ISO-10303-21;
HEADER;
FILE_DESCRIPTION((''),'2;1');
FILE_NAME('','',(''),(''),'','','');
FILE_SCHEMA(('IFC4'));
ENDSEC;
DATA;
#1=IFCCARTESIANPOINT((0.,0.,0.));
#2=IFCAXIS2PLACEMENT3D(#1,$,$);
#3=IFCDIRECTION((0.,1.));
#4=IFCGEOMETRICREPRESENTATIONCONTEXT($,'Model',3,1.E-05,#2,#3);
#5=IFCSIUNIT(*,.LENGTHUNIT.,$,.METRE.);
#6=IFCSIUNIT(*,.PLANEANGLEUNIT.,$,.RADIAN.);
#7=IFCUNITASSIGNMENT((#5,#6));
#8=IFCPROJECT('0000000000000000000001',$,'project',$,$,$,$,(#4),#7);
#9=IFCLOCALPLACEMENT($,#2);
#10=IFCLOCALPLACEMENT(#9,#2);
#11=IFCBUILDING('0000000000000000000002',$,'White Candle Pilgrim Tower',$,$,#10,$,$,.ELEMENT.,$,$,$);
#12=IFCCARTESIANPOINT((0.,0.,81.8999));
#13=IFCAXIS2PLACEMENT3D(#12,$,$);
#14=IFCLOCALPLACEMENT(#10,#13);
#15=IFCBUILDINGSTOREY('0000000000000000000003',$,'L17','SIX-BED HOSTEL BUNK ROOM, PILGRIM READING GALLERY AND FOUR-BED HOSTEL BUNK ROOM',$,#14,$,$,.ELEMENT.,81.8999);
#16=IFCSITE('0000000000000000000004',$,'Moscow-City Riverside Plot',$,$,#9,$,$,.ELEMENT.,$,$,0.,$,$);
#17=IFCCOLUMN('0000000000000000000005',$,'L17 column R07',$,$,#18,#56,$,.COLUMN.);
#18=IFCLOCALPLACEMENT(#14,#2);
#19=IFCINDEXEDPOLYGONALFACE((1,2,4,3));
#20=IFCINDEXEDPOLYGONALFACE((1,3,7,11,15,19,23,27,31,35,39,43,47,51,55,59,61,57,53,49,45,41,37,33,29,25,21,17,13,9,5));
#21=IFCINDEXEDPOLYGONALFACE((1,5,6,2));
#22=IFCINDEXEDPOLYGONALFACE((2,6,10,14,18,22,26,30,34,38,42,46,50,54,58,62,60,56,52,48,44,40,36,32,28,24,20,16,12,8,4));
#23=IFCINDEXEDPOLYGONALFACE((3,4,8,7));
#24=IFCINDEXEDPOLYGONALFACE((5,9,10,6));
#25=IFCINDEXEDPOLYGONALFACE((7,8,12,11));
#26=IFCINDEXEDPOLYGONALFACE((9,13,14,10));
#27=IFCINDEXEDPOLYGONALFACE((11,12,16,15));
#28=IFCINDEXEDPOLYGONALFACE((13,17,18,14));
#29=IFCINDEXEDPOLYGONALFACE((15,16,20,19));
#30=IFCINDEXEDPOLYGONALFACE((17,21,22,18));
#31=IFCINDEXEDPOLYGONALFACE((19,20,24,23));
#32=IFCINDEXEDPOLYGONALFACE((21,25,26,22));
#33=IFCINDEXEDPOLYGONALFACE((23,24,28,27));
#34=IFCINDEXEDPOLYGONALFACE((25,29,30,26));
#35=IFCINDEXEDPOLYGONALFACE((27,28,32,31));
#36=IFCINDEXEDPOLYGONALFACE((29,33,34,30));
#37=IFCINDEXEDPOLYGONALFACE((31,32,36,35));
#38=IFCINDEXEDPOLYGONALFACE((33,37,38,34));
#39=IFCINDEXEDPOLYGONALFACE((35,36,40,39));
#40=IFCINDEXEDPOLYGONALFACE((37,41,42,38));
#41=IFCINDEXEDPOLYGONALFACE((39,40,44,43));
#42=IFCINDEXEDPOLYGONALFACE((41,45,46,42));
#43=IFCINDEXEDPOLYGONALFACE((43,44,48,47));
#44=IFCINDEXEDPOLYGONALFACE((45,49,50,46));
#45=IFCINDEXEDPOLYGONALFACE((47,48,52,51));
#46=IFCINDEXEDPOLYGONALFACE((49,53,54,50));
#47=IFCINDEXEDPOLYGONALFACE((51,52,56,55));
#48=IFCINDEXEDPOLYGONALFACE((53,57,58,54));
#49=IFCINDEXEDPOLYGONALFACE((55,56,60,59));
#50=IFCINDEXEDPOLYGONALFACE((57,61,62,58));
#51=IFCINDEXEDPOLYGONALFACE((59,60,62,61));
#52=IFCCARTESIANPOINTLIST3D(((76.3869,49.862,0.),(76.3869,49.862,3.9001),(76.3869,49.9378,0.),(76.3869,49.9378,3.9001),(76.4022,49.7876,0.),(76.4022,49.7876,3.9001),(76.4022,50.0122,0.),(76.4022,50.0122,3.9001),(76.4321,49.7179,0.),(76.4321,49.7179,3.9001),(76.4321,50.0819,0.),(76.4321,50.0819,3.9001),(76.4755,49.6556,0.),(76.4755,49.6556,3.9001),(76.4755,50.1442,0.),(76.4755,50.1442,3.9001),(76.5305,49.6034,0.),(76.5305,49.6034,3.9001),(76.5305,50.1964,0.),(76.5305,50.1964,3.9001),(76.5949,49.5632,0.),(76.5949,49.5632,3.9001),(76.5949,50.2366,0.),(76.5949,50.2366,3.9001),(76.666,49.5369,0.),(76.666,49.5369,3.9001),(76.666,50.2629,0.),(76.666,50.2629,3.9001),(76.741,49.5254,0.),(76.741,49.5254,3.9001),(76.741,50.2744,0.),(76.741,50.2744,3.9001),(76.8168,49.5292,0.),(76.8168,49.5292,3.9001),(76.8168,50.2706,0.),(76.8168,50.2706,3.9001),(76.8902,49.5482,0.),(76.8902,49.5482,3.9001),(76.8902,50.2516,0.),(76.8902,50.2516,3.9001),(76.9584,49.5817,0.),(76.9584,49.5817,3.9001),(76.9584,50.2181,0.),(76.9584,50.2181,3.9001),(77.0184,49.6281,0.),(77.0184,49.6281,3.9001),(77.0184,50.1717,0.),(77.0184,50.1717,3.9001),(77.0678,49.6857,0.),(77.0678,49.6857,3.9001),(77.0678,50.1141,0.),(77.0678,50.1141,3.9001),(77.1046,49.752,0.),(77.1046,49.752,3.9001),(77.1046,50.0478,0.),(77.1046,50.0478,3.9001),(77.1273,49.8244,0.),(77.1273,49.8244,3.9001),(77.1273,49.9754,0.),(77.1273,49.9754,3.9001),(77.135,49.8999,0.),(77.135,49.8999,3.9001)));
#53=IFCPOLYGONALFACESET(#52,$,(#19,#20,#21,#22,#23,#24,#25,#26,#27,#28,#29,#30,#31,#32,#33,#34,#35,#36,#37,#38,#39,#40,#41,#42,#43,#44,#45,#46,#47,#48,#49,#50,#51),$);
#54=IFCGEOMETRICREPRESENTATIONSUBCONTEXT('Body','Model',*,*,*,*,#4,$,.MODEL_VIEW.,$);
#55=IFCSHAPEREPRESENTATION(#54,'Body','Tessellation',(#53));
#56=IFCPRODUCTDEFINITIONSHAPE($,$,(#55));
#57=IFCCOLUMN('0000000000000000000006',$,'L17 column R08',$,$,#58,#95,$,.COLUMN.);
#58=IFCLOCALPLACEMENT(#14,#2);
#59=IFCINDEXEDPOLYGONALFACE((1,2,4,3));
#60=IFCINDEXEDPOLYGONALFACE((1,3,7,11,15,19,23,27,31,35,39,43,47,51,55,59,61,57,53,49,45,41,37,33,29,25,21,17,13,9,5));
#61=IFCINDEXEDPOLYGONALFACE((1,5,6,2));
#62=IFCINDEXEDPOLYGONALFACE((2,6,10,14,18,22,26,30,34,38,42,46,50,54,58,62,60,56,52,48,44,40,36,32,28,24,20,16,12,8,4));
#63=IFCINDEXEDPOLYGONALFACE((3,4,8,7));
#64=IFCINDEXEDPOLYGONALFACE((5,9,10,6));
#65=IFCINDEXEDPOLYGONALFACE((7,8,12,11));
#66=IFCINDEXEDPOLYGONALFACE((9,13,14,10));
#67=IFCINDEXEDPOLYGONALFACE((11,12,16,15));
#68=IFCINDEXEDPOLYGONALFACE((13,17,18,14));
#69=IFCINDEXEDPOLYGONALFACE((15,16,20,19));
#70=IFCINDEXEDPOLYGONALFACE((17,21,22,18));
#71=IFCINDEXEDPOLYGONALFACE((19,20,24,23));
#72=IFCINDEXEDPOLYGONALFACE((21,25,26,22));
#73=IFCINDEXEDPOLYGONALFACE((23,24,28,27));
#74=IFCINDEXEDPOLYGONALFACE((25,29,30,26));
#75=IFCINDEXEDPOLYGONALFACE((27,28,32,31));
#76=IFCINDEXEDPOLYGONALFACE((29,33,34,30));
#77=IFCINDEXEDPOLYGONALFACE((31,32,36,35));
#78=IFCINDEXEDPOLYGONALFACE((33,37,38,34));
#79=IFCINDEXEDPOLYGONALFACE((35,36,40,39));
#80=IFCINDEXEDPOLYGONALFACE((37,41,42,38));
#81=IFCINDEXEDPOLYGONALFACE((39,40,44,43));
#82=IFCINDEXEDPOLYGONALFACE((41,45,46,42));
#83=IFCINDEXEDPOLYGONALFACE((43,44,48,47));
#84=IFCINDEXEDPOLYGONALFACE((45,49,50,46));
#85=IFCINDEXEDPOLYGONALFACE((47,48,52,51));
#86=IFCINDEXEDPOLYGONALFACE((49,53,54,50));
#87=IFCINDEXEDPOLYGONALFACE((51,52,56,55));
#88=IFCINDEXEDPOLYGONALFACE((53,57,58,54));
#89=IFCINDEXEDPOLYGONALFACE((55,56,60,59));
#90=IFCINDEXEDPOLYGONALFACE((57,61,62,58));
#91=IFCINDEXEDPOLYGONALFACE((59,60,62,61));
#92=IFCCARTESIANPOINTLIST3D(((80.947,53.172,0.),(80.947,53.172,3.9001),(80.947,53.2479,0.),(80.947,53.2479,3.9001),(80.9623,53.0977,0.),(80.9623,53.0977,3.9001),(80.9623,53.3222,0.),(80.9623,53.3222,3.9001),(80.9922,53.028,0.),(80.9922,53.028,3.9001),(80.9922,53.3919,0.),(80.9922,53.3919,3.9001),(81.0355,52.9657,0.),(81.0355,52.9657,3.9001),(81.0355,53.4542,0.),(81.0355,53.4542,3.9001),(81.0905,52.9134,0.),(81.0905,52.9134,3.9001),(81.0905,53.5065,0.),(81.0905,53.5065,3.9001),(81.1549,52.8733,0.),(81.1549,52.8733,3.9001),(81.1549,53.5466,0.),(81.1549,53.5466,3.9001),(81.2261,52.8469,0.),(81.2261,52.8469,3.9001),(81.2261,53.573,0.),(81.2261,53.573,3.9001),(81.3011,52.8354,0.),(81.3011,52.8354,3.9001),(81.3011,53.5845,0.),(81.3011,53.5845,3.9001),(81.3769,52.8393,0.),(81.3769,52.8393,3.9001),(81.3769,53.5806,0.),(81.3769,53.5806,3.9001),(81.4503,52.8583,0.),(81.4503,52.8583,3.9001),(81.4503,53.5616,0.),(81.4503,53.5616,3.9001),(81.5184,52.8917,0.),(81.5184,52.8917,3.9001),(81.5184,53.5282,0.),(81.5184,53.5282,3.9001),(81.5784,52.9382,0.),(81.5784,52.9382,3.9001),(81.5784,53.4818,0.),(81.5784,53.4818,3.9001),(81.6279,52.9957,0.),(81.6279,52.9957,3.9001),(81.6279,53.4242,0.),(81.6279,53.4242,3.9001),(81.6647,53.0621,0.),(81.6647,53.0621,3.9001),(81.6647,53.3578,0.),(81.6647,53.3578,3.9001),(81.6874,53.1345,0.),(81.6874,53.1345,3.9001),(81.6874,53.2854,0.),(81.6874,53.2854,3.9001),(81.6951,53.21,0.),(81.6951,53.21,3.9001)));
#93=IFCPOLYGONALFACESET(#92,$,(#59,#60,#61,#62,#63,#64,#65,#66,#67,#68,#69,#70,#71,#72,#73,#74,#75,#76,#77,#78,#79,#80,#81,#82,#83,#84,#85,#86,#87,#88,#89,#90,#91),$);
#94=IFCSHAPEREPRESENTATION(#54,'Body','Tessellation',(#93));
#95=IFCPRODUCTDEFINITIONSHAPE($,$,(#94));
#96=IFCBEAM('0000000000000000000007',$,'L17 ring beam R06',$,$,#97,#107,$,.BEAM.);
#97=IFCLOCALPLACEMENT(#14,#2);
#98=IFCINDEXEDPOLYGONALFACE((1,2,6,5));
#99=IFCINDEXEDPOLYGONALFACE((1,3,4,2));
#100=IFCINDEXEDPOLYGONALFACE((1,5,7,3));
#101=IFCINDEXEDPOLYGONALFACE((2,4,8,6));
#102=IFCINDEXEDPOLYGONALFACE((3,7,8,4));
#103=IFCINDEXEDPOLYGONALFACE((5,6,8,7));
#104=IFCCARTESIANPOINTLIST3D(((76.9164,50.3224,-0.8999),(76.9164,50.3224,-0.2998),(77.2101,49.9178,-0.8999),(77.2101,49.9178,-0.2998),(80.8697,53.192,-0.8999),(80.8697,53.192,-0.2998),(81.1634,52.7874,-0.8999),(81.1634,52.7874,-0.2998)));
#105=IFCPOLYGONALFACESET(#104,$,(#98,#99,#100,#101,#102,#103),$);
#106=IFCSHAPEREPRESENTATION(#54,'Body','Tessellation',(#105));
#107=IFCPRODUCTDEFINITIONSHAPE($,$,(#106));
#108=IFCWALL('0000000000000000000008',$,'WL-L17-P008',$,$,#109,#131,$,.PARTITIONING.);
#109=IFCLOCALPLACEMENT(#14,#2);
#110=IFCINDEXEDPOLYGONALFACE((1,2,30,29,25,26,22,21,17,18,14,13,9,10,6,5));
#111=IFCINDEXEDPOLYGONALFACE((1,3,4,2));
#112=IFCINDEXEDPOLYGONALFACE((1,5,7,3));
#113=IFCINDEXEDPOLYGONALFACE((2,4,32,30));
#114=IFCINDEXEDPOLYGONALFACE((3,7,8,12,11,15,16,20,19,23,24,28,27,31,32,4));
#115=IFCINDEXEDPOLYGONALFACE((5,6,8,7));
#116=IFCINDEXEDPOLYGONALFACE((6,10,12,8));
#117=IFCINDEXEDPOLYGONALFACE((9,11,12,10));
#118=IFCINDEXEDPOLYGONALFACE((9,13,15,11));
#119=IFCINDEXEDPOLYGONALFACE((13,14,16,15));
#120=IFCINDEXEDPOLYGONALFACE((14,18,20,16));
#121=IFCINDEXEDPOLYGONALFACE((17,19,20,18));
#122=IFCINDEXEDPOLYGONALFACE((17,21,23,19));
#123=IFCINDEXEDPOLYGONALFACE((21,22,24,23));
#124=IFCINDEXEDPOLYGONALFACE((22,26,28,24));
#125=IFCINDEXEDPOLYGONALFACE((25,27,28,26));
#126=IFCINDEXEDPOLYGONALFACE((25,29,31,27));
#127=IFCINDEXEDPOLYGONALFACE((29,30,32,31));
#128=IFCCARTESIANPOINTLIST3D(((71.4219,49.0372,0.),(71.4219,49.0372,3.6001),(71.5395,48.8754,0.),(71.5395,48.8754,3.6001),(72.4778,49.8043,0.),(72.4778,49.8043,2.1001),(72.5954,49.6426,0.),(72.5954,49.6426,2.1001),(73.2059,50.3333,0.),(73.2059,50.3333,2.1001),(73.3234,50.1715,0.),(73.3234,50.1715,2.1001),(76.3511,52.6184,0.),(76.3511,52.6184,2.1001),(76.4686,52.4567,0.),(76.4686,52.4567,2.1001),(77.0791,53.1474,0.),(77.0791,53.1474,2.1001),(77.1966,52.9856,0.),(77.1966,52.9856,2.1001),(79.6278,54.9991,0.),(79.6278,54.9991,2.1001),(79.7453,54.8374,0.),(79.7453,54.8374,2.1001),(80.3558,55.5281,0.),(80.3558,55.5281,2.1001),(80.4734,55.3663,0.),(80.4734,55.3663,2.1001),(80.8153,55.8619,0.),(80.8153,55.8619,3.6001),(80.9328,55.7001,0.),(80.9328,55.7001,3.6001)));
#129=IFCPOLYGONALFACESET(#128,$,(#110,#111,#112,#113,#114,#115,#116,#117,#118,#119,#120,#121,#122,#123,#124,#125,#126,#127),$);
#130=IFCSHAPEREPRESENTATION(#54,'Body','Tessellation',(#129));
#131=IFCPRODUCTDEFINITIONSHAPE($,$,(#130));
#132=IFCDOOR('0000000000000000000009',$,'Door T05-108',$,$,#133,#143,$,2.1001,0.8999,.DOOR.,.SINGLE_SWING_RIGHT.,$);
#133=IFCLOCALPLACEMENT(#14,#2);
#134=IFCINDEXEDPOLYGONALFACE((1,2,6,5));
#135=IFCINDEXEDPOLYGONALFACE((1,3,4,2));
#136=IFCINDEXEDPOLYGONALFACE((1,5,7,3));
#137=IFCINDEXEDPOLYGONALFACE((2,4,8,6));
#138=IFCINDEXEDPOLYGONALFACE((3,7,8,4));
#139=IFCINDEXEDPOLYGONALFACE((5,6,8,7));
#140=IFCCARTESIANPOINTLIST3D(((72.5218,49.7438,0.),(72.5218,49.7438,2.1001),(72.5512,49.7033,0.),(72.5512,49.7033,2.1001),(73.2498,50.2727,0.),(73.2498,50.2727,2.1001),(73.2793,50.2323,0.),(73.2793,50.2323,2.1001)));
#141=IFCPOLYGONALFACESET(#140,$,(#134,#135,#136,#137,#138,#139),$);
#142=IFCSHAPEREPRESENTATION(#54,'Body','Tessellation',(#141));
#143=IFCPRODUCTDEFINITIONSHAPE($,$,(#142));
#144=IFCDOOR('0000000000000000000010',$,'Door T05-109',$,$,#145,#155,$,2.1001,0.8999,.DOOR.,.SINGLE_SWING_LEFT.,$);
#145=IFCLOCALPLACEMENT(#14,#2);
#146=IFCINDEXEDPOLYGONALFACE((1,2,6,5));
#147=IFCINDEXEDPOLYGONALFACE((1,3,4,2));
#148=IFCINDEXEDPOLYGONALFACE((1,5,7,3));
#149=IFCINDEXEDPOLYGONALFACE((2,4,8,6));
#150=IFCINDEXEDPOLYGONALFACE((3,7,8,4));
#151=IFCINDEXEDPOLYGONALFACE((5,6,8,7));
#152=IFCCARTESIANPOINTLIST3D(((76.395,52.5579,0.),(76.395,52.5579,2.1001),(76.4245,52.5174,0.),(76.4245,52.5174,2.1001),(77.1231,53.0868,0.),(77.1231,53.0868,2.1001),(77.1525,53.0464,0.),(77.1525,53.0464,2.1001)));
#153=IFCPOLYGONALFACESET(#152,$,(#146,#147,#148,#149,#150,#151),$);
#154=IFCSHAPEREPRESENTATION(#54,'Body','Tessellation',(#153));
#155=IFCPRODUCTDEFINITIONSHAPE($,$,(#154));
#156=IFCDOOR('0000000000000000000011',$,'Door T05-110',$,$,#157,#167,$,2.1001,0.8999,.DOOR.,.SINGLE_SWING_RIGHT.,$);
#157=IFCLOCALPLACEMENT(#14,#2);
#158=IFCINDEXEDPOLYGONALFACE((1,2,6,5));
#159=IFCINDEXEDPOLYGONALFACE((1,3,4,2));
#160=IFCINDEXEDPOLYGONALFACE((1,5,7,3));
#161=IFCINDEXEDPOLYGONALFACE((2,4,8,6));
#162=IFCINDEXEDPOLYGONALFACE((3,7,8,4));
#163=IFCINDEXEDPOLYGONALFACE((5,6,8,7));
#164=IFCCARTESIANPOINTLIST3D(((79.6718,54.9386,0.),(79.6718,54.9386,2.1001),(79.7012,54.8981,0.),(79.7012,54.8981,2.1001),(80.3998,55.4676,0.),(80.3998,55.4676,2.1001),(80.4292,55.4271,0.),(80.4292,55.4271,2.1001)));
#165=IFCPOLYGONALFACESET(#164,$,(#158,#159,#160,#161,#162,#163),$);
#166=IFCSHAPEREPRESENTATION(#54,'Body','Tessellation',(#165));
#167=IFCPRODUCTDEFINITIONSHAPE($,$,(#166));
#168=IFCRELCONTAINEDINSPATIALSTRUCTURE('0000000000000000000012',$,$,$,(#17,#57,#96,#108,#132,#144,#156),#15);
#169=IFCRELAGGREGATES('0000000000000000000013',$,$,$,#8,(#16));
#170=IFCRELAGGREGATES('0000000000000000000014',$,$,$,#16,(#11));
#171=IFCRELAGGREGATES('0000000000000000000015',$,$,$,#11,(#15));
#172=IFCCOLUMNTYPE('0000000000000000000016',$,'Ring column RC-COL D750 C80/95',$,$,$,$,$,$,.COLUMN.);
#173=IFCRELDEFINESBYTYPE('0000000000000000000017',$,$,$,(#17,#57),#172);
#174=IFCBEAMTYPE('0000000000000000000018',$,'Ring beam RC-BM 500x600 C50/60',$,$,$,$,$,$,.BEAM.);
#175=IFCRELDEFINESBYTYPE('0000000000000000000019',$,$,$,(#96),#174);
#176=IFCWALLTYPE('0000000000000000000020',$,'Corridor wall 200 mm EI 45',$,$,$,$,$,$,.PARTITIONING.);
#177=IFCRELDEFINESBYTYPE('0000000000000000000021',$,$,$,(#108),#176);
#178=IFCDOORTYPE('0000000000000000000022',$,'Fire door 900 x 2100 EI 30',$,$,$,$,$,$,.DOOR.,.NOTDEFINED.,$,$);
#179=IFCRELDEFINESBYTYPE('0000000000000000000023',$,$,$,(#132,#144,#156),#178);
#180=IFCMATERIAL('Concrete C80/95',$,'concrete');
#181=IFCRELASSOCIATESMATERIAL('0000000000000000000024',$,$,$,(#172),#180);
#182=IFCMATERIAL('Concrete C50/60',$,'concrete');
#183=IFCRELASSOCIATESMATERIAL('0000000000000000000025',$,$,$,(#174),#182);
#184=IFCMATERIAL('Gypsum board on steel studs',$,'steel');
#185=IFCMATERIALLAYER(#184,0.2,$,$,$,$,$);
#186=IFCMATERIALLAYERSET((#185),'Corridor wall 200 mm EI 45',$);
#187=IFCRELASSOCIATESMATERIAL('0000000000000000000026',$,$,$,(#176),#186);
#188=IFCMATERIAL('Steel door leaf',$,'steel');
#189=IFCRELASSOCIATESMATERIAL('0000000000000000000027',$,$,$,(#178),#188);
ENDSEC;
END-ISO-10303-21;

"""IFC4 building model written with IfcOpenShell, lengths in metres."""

from ifc_helpers import new_model, si_unit, direction, frame, frame_2d, origin, origin_2d, place, context, subcontext, project, spatial, rectangle, circle, extrude, material, layer, layer_set, material_profile, profile_set, type_object, element, fill, save


model = new_model("IFC4")

# Units and contexts
model_context = context("Model", 3, precision=1e-05, world=origin(), true_north=direction((0.0, 1.0)))
body_context = subcontext(model_context, "Body", "Model", "MODEL_VIEW")
ifc_project = project(units=[si_unit("LENGTHUNIT", "METRE"), si_unit("PLANEANGLEUNIT", "RADIAN")], contexts=[model_context])

# Site, building, storey
site_placement = place(None, origin())
site = spatial("IfcSite", under=ifc_project, at=site_placement, Name="Moscow-City Riverside Plot", CompositionType="ELEMENT", RefElevation=0.0)
building_placement = place(site_placement, origin())
building = spatial("IfcBuilding", under=site, at=building_placement, Name="White Candle Pilgrim Tower", CompositionType="ELEMENT")
storey_placement = place(building_placement, frame((0.0, 0.0, 81.8999)))
storey = spatial("IfcBuildingStorey", under=building, at=storey_placement, Name="L17", Description="SIX-BED HOSTEL BUNK ROOM, PILGRIM READING GALLERY AND FOUR-BED HOSTEL BUNK ROOM", CompositionType="ELEMENT", Elevation=81.8999)

# Columns
ifc_material_1 = material(Name="Concrete C80/95", Category="concrete")
ifc_material_profile_1 = material_profile(ifc_material_1, circle(Radius=0.375, at=origin_2d()), Name="RC-COL D750")
ifc_profile_set_1 = profile_set([ifc_material_profile_1], Name="Concrete C80/95")
column_type = type_object("IfcColumnType", Name="Ring column RC-COL D750 C80/95", PredefinedType="COLUMN", material=ifc_profile_set_1)
for number, where, z_axis, x_axis, name in (
    (1, (76.76, 49.8999, 0.0), (0.0, 0.0, 1.0), (1.0, 0.0, 0.0), "L17 column R07"),
    (2, (81.3201, 53.21, 0.0), (0.0, 0.0, 1.0), (1.0, 0.0, 0.0), "L17 column R08"),
):
    element("IfcColumn", number, at=place(storey_placement, frame(where, z_axis=z_axis, x_axis=x_axis)), inside=storey, type_object=column_type, Name=name, PredefinedType="COLUMN", context=body_context, shape_type="SweptSolid", body=[
        extrude(circle(Radius=0.375, at=origin_2d()), origin(), (0.0, 0.0, 1.0), 3.9001),
    ])

# Beam
ifc_material_2 = material(Name="Concrete C50/60", Category="concrete")
ifc_material_profile_2 = material_profile(ifc_material_2, rectangle(XDim=0.5, YDim=0.6001, at=origin_2d()), Name="RC-BM 500x600")
ifc_profile_set_2 = profile_set([ifc_material_profile_2], Name="Concrete C50/60")
beam_type = type_object("IfcBeamType", Name="Ring beam RC-BM 500x600 C50/60", PredefinedType="BEAM", material=ifc_profile_set_2)
beam_placement = place(storey_placement, frame((77.0632, 50.1201, -0.5999), z_axis=(0.809276, 0.587429, 0.0), x_axis=(-0.587429, 0.809276, 0.0)))
element("IfcBeam", 3, at=beam_placement, inside=storey, type_object=beam_type, Name="L17 ring beam R06", PredefinedType="BEAM", context=body_context, shape_type="SweptSolid", body=[
    extrude(rectangle(XDim=0.5, YDim=0.6001, at=origin_2d()), origin(), (0.0, 0.0, 1.0), 4.885),
])

# Wall, openings, doors
ifc_material_3 = material(Name="Gypsum board on steel studs", Category="steel")
ifc_layer_1 = layer(ifc_material_3, 0.2)
ifc_layer_set_1 = layer_set([ifc_layer_1], Name="Corridor wall 200 mm EI 45")
wall_type_1 = type_object("IfcWallType", Name="Corridor wall 200 mm EI 45", PredefinedType="PARTITIONING", material=ifc_layer_set_1)
wall_1_placement = place(storey_placement, frame((80.874, 55.781, 0.0), z_axis=(0.0, 0.0, 1.0), x_axis=(-0.809014, -0.587789, 0.0)))
wall_1 = element("IfcWall", 4, at=wall_1_placement, inside=storey, type_object=wall_type_1, Name="WL-L17-P008", PredefinedType="PARTITIONING", context=body_context, shape_type="SweptSolid", body=[
    extrude(rectangle(XDim=11.6108, YDim=0.2, at=frame_2d((5.8054, 0.0))), origin(), (0.0, 0.0, 1.0), 3.6001),
])
opening_1_placement = place(wall_1_placement, frame((9.4058, 0.0, 0.0)))
opening_1 = element("IfcOpeningElement", 5, at=opening_1_placement, cuts=wall_1, PredefinedType="OPENING", context=body_context, shape_type="SweptSolid", body=[
    extrude(rectangle(XDim=0.8999, YDim=2.1001, at=frame_2d((0.45, 1.05))), frame((0.0, 0.1099, 0.0), z_axis=(0.0, -1.0, 0.0), x_axis=(1.0, 0.0, 0.0)), (0.0, 0.0, 1.0), 0.22),
])
opening_2_placement = place(wall_1_placement, frame((4.6182, 0.0, 0.0)))
opening_2 = element("IfcOpeningElement", 6, at=opening_2_placement, cuts=wall_1, PredefinedType="OPENING", context=body_context, shape_type="SweptSolid", body=[
    extrude(rectangle(XDim=0.8999, YDim=2.1001, at=frame_2d((0.45, 1.05))), frame((0.0, 0.1099, 0.0), z_axis=(0.0, -1.0, 0.0), x_axis=(1.0, 0.0, 0.0)), (0.0, 0.0, 1.0), 0.22),
])
opening_3_placement = place(wall_1_placement, frame((0.5679, 0.0, 0.0)))
opening_3 = element("IfcOpeningElement", 7, at=opening_3_placement, cuts=wall_1, PredefinedType="OPENING", context=body_context, shape_type="SweptSolid", body=[
    extrude(rectangle(XDim=0.8999, YDim=2.1001, at=frame_2d((0.45, 1.05))), frame((0.0, 0.1099, 0.0), z_axis=(0.0, -1.0, 0.0), x_axis=(1.0, 0.0, 0.0)), (0.0, 0.0, 1.0), 0.22),
])
ifc_material_4 = material(Name="Steel door leaf", Category="steel")
door_type = type_object("IfcDoorType", Name="Fire door 900 x 2100 EI 30", OperationType="NOTDEFINED", PredefinedType="DOOR", material=ifc_material_4)
door_1_placement = place(opening_1_placement, origin())
door_1 = element("IfcDoor", 8, at=door_1_placement, inside=storey, type_object=door_type, Name="Door T05-108", OperationType="SINGLE_SWING_RIGHT", OverallHeight=2.1001, OverallWidth=0.8999, PredefinedType="DOOR", context=body_context, shape_type="SweptSolid", body=[
    extrude(rectangle(XDim=0.8999, YDim=2.1001, at=frame_2d((0.45, 1.05))), frame((0.0, 0.0249, 0.0), z_axis=(0.0, -1.0, 0.0), x_axis=(1.0, 0.0, 0.0)), (0.0, 0.0, 1.0), 0.05),
])
fill(opening_1, door_1)
door_2_placement = place(opening_2_placement, origin())
door_2 = element("IfcDoor", 9, at=door_2_placement, inside=storey, type_object=door_type, Name="Door T05-109", OperationType="SINGLE_SWING_LEFT", OverallHeight=2.1001, OverallWidth=0.8999, PredefinedType="DOOR", context=body_context, shape_type="SweptSolid", body=[
    extrude(rectangle(XDim=0.8999, YDim=2.1001, at=frame_2d((0.45, 1.05))), frame((0.0, 0.0249, 0.0), z_axis=(0.0, -1.0, 0.0), x_axis=(1.0, 0.0, 0.0)), (0.0, 0.0, 1.0), 0.05),
])
fill(opening_2, door_2)
door_3_placement = place(opening_3_placement, origin())
door_3 = element("IfcDoor", 10, at=door_3_placement, inside=storey, type_object=door_type, Name="Door T05-110", OperationType="SINGLE_SWING_RIGHT", OverallHeight=2.1001, OverallWidth=0.8999, PredefinedType="DOOR", context=body_context, shape_type="SweptSolid", body=[
    extrude(rectangle(XDim=0.8999, YDim=2.1001, at=frame_2d((0.45, 1.05))), frame((0.0, 0.0249, 0.0), z_axis=(0.0, -1.0, 0.0), x_axis=(1.0, 0.0, 0.0)), (0.0, 0.0, 1.0), 0.05),
])
fill(opening_3, door_3)

save(model, "model.ifc")
